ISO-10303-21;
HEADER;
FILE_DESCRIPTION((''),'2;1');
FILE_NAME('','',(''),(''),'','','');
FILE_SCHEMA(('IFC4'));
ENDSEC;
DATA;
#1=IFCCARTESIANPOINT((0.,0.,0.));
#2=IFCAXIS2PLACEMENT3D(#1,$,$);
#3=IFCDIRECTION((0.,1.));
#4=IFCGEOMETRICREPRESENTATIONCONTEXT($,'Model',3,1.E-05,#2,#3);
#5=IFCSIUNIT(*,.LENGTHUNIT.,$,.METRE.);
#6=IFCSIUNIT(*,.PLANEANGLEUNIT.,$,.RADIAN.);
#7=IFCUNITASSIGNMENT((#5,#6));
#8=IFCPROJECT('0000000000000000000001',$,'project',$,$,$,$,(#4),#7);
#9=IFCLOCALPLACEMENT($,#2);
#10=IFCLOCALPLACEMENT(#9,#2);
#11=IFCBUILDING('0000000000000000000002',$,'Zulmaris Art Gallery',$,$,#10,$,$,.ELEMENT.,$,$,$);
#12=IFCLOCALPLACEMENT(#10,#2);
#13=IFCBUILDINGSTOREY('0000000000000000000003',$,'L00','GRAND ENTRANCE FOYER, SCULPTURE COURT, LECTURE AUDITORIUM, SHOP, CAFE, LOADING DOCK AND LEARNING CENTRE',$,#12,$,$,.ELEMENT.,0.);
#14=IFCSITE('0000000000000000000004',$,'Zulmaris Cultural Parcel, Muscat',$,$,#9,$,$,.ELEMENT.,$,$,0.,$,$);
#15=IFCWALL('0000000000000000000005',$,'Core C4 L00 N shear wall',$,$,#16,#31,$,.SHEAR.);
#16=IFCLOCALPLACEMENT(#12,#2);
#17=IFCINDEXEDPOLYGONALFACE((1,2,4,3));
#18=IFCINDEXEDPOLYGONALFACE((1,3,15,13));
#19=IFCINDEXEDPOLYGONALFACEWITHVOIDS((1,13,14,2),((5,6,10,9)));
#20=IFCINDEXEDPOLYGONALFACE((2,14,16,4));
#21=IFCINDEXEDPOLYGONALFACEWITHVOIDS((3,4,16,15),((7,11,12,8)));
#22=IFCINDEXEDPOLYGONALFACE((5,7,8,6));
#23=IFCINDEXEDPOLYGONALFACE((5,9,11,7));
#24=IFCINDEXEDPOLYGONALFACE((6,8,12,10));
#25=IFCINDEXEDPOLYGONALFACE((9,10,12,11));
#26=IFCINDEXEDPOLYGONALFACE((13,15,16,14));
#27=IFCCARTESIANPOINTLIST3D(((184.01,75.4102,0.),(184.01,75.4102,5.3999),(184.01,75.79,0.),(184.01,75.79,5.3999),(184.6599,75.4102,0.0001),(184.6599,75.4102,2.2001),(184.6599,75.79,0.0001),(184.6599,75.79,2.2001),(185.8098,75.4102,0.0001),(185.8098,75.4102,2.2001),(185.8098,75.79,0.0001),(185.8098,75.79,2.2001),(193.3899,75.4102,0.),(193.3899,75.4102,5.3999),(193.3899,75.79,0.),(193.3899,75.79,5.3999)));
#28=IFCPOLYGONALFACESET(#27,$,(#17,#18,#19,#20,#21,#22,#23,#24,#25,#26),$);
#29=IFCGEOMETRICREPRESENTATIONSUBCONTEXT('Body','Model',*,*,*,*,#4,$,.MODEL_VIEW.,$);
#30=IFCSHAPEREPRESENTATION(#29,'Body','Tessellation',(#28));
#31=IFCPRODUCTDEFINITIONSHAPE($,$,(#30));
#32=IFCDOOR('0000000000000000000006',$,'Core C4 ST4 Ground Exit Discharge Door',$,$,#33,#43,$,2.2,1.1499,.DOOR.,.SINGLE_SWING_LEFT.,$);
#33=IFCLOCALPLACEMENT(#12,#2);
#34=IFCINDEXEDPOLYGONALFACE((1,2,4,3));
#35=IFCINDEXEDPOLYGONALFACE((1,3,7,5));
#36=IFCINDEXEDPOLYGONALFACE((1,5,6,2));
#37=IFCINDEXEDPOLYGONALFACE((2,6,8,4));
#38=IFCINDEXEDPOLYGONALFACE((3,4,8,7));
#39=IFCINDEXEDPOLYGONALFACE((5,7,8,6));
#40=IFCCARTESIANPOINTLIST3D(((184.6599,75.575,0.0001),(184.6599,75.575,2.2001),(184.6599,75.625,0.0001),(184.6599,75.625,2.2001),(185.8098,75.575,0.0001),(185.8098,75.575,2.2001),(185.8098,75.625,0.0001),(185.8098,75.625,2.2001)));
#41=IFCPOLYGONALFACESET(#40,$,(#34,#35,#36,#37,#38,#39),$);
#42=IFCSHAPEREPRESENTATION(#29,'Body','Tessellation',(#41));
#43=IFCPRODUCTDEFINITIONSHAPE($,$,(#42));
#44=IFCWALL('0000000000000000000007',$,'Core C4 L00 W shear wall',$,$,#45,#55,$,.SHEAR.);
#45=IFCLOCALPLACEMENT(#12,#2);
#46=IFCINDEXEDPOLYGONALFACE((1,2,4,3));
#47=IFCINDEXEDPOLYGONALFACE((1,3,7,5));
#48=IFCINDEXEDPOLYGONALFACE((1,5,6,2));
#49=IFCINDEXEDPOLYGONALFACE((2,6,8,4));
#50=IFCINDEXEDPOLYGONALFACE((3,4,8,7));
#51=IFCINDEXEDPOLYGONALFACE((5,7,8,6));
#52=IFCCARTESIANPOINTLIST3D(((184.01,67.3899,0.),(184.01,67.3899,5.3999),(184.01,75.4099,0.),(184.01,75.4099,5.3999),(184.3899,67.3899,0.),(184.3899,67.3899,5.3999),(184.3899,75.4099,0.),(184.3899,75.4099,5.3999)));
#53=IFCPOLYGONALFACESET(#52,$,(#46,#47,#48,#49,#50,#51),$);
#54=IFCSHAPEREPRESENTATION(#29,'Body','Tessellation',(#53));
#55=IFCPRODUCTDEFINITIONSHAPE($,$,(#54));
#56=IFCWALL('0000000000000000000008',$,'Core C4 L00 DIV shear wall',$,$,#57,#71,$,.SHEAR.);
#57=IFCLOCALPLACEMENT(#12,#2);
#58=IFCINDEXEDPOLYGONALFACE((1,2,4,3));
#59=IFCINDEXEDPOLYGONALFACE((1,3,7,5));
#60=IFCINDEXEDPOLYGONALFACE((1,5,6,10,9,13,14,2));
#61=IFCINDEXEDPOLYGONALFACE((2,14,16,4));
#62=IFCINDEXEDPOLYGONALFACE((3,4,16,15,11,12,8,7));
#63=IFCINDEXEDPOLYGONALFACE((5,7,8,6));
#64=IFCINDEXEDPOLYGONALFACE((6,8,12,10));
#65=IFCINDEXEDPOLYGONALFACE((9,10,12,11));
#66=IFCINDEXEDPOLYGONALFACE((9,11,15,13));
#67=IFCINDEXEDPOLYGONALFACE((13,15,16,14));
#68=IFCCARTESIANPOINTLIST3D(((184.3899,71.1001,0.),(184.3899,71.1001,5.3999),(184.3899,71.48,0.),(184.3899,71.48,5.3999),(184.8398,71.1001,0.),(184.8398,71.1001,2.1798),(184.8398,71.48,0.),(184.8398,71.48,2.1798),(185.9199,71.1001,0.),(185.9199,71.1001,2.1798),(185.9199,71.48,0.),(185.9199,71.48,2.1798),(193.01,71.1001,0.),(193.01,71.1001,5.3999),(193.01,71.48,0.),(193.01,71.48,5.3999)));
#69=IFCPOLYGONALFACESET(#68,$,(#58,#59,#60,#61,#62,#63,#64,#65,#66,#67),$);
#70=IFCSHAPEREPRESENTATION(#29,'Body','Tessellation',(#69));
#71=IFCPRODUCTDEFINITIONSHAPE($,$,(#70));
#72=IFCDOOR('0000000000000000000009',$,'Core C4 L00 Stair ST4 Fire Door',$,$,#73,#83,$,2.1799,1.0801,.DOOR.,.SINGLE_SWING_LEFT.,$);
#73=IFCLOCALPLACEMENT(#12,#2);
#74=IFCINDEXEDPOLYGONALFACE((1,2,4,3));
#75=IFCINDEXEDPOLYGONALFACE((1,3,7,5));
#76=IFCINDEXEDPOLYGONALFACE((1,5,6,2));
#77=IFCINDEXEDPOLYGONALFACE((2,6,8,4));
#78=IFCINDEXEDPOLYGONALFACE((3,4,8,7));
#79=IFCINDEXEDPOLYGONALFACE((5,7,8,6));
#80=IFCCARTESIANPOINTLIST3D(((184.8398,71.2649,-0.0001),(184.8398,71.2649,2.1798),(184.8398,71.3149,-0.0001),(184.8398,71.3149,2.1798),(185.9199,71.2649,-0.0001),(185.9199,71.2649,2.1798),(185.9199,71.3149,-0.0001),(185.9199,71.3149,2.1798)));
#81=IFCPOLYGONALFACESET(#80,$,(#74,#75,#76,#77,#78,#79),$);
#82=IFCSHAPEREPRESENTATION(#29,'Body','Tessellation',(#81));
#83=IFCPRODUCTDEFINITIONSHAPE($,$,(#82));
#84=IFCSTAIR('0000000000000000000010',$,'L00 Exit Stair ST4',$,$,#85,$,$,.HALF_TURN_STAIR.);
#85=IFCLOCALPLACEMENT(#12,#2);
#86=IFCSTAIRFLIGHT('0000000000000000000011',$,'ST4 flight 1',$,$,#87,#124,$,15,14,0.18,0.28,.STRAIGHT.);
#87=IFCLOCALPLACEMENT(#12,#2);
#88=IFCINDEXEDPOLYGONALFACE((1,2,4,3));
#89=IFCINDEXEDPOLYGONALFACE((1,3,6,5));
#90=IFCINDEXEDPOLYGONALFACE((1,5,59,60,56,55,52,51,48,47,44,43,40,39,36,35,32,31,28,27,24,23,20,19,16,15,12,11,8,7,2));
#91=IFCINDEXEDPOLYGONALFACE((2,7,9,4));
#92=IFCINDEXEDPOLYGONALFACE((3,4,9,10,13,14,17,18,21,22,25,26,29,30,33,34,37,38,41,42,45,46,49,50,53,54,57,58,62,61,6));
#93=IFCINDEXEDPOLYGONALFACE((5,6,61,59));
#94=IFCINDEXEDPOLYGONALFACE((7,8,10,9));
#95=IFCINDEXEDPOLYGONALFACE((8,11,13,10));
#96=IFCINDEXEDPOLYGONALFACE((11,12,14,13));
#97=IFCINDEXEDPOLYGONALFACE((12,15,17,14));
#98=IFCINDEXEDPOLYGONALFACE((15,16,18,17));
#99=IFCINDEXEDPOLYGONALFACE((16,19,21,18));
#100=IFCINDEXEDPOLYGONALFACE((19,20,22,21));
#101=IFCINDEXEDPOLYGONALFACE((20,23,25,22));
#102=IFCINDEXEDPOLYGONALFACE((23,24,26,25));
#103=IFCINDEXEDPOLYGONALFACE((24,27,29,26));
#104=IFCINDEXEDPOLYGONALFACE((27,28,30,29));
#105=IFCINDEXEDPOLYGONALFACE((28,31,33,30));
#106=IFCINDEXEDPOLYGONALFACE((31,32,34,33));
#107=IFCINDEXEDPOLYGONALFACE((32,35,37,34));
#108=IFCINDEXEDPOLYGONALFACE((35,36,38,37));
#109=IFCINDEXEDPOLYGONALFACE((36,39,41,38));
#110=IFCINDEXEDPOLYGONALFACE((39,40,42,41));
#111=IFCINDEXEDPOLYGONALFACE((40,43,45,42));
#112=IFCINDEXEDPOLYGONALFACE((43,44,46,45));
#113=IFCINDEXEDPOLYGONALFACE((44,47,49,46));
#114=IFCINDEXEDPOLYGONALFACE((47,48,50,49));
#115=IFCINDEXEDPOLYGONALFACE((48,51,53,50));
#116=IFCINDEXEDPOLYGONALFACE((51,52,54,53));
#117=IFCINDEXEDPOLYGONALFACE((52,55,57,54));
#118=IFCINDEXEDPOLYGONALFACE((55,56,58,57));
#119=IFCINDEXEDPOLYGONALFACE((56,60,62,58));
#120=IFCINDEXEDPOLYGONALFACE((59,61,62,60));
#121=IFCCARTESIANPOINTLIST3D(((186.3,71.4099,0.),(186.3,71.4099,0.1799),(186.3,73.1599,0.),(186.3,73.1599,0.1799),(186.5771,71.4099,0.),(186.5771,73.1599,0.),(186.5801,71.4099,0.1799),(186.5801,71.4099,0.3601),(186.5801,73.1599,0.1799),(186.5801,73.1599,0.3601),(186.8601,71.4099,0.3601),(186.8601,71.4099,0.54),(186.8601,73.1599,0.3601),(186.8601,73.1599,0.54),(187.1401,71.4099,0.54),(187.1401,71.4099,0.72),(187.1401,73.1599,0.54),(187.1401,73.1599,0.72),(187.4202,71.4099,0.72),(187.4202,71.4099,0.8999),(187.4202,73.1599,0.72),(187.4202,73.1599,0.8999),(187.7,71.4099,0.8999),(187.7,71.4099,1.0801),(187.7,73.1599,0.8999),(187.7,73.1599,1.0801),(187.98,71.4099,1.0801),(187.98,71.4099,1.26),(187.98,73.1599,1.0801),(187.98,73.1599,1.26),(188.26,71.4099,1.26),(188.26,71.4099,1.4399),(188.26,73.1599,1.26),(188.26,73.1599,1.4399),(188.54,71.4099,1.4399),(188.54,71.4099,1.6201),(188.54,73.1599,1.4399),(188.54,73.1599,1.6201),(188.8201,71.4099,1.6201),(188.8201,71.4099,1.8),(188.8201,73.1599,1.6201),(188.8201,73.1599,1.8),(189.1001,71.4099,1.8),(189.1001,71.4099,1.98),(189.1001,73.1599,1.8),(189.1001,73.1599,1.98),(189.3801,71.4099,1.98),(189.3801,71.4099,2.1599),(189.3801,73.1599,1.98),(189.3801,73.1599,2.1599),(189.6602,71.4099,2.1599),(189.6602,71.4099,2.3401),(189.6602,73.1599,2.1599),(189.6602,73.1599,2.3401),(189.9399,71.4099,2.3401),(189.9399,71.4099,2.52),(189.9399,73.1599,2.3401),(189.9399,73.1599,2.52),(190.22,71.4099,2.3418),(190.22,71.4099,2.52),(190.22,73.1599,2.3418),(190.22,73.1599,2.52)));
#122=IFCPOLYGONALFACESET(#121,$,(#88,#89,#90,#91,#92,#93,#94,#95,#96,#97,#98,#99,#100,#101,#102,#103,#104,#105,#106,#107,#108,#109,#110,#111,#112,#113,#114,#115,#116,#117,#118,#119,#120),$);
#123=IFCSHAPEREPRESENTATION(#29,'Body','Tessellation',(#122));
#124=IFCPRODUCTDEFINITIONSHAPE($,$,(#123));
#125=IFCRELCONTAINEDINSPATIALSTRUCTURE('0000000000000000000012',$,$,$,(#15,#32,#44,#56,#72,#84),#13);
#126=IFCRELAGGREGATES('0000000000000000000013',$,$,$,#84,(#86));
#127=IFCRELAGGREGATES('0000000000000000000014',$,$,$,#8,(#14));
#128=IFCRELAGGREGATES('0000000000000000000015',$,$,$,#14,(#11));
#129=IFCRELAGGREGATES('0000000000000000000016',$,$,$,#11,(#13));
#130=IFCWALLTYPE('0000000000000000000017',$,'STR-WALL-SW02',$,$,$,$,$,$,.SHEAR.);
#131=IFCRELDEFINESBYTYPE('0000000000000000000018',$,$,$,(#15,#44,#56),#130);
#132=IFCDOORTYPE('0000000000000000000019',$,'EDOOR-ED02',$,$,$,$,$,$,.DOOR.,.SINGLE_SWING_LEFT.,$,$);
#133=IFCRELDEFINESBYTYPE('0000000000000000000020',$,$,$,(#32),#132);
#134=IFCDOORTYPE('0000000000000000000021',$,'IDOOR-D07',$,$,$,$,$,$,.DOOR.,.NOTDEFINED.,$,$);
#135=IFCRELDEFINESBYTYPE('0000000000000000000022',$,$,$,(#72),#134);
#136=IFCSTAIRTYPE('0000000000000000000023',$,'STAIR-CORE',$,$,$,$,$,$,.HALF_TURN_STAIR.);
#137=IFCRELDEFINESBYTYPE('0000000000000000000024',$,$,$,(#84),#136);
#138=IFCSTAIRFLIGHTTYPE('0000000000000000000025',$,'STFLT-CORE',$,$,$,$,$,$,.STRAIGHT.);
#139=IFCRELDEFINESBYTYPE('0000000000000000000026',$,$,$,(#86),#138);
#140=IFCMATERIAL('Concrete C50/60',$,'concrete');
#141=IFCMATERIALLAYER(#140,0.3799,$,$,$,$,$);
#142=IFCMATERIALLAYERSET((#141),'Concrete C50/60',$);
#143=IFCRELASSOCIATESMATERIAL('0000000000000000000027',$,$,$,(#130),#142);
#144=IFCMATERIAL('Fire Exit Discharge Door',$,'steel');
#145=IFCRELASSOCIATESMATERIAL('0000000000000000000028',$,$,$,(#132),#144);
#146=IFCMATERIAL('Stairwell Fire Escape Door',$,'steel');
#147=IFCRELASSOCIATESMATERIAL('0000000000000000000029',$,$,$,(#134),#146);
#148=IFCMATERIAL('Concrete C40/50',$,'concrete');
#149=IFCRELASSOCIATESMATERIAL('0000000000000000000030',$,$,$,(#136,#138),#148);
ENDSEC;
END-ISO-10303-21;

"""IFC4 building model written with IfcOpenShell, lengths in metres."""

from ifc_helpers import new_model, si_unit, direction, frame, frame_2d, origin, place, context, subcontext, project, spatial, polyline, rectangle, outline, extrude, material, layer, layer_set, type_object, element, fill, aggregate, save


model = new_model("IFC4")

# Units and contexts
model_context = context("Model", 3, precision=1e-05, world=origin(), true_north=direction((0.0, 1.0)))
body_context = subcontext(model_context, "Body", "Model", "MODEL_VIEW")
ifc_project = project(units=[si_unit("LENGTHUNIT", "METRE"), si_unit("PLANEANGLEUNIT", "RADIAN")], contexts=[model_context])

# Site, building, storey
site_placement = place(None, origin())
site = spatial("IfcSite", under=ifc_project, at=site_placement, Name="Zulmaris Cultural Parcel, Muscat", CompositionType="ELEMENT", RefElevation=0.0)
building_placement = place(site_placement, origin())
building = spatial("IfcBuilding", under=site, at=building_placement, Name="Zulmaris Art Gallery", CompositionType="ELEMENT")
storey_placement = place(building_placement, origin())
storey = spatial("IfcBuildingStorey", under=building, at=storey_placement, Name="L00", Description="GRAND ENTRANCE FOYER, SCULPTURE COURT, LECTURE AUDITORIUM, SHOP, CAFE, LOADING DOCK AND LEARNING CENTRE", CompositionType="ELEMENT", Elevation=0.0)

# Shared definitions
ifc_material_1 = material(Name="Concrete C50/60", Category="concrete")

# Shared definitions
ifc_material_2 = material(Name="Concrete C40/50", Category="concrete")

# Wall, opening, door
ifc_layer_1 = layer(ifc_material_1, 0.3799)
ifc_layer_set_1 = layer_set([ifc_layer_1], Name="Concrete C50/60")
wall_type_1 = type_object("IfcWallType", Name="STR-WALL-SW02", PredefinedType="SHEAR", material=ifc_layer_set_1)
wall_1_placement = place(storey_placement, frame((184.01, 75.6001, 0.0), z_axis=(0.0, 0.0, 1.0), x_axis=(1.0, 0.0, 0.0)))
wall_1 = element("IfcWall", 1, at=wall_1_placement, inside=storey, type_object=wall_type_1, Name="Core C4 L00 N shear wall", PredefinedType="SHEAR", context=body_context, shape_type="SweptSolid", body=[
    extrude(rectangle(XDim=9.3799, YDim=0.3799, at=frame_2d((4.6899, 0.0))), origin(), (0.0, 0.0, 1.0), 5.3999),
])
opening_1_placement = place(wall_1_placement, frame((0.6499, 0.0, 0.0)))
opening_1 = element("IfcOpeningElement", 2, at=opening_1_placement, cuts=wall_1, PredefinedType="OPENING", context=body_context, shape_type="SweptSolid", body=[
    extrude(rectangle(XDim=1.1499, YDim=2.2, at=frame_2d((0.575, 1.1001))), frame((0.0, 0.2, 0.0), z_axis=(0.0, -1.0, 0.0), x_axis=(1.0, 0.0, 0.0)), (0.0, 0.0, 1.0), 0.3999),
])
ifc_material_3 = material(Name="Fire Exit Discharge Door", Category="steel")
door_type_1 = type_object("IfcDoorType", Name="EDOOR-ED02", OperationType="SINGLE_SWING_LEFT", PredefinedType="DOOR", material=ifc_material_3)
door_1_placement = place(opening_1_placement, origin())
door_1 = element("IfcDoor", 3, at=door_1_placement, inside=storey, type_object=door_type_1, Name="Core C4 ST4 Ground Exit Discharge Door", OperationType="SINGLE_SWING_LEFT", OverallHeight=2.2, OverallWidth=1.1499, PredefinedType="DOOR", context=body_context, shape_type="SweptSolid", body=[
    extrude(rectangle(XDim=1.1499, YDim=2.2, at=frame_2d((0.575, 1.1001))), frame((0.0, 0.0249, 0.0), z_axis=(0.0, -1.0, 0.0), x_axis=(1.0, 0.0, 0.0)), (0.0, 0.0, 1.0), 0.05),
])
fill(opening_1, door_1)

# Wall
wall_2_placement = place(storey_placement, frame((184.2, 67.3899, 0.0), z_axis=(0.0, 0.0, 1.0), x_axis=(0.0, 1.0, 0.0)))
element("IfcWall", 4, at=wall_2_placement, inside=storey, type_object=wall_type_1, Name="Core C4 L00 W shear wall", PredefinedType="SHEAR", context=body_context, shape_type="SweptSolid", body=[
    extrude(rectangle(XDim=8.02, YDim=0.3799, at=frame_2d((4.01, 0.0))), origin(), (0.0, 0.0, 1.0), 5.3999),
])

# Wall, opening, door
wall_3_placement = place(storey_placement, frame((184.3899, 71.29, 0.0), z_axis=(0.0, 0.0, 1.0), x_axis=(1.0, 0.0, 0.0)))
wall_3 = element("IfcWall", 5, at=wall_3_placement, inside=storey, type_object=wall_type_1, Name="Core C4 L00 DIV shear wall", PredefinedType="SHEAR", context=body_context, shape_type="SweptSolid", body=[
    extrude(rectangle(XDim=8.6201, YDim=0.3799, at=frame_2d((4.3101, 0.0))), origin(), (0.0, 0.0, 1.0), 5.3999),
])
opening_2_placement = place(wall_3_placement, frame((0.45, 0.0, 0.0)))
opening_2 = element("IfcOpeningElement", 6, at=opening_2_placement, cuts=wall_3, PredefinedType="OPENING", context=body_context, shape_type="SweptSolid", body=[
    extrude(rectangle(XDim=1.0801, YDim=2.1799, at=frame_2d((0.54, 1.0898))), frame((0.0, 0.2, 0.0), z_axis=(0.0, -1.0, 0.0), x_axis=(1.0, 0.0, 0.0)), (0.0, 0.0, 1.0), 0.3999),
])
ifc_material_4 = material(Name="Stairwell Fire Escape Door", Category="steel")
door_type_2 = type_object("IfcDoorType", Name="IDOOR-D07", OperationType="NOTDEFINED", PredefinedType="DOOR", material=ifc_material_4)
door_2_placement = place(opening_2_placement, origin())
door_2 = element("IfcDoor", 7, at=door_2_placement, inside=storey, type_object=door_type_2, Name="Core C4 L00 Stair ST4 Fire Door", OperationType="SINGLE_SWING_LEFT", OverallHeight=2.1799, OverallWidth=1.0801, PredefinedType="DOOR", context=body_context, shape_type="SweptSolid", body=[
    extrude(rectangle(XDim=1.0801, YDim=2.1799, at=frame_2d((0.54, 1.0898))), frame((0.0, 0.0249, 0.0), z_axis=(0.0, -1.0, 0.0), x_axis=(1.0, 0.0, 0.0)), (0.0, 0.0, 1.0), 0.05),
])
fill(opening_2, door_2)

# Stair, stair flight
stair_type = type_object("IfcStairType", Name="STAIR-CORE", PredefinedType="HALF_TURN_STAIR", material=ifc_material_2)
stair_placement = place(storey_placement, origin())
stair = element("IfcStair", 8, at=stair_placement, inside=storey, type_object=stair_type, Name="L00 Exit Stair ST4", PredefinedType="HALF_TURN_STAIR")
stair_flight_type = type_object("IfcStairFlightType", Name="STFLT-CORE", PredefinedType="STRAIGHT", material=ifc_material_2)
stair_flight_placement = place(storey_placement, frame((186.3, 72.2849, 0.0), z_axis=(0.0, 0.0, 1.0), x_axis=(1.0, 0.0, 0.0)))
stair_flight = element("IfcStairFlight", 9, at=stair_flight_placement, type_object=stair_flight_type, Name="ST4 flight 1", NumberOfRisers=15, NumberOfTreads=14, PredefinedType="STRAIGHT", RiserHeight=0.18, TreadLength=0.28, context=body_context, shape_type="SweptSolid", body=[
    extrude(outline(polyline([(0.0, 0.0), (0.0, 0.1799), (0.28, 0.1799), (0.28, 0.3601), (0.5601, 0.3601), (0.5601, 0.54), (0.8401, 0.54), (0.8401, 0.72), (1.1201, 0.72), (1.1201, 0.8999), (1.3999, 0.8999), (1.3999, 1.0801), (1.6799, 1.0801), (1.6799, 1.26), (1.96, 1.26), (1.96, 1.4399), (2.24, 1.4399), (2.24, 1.6201), (2.52, 1.6201), (2.52, 1.8), (2.8, 1.8), (2.8, 1.98), (3.0801, 1.98), (3.0801, 2.1599), (3.3601, 2.1599), (3.3601, 2.3401), (3.6399, 2.3401), (3.6399, 2.52), (3.9199, 2.52), (3.9199, 2.7), (3.9199, 2.3418), (0.2771, 0.0), (0.0, 0.0)])), frame((0.0, 0.875, 0.0), z_axis=(0.0, -1.0, 0.0), x_axis=(1.0, 0.0, 0.0)), (0.0, 0.0, 1.0), 1.75),
])
aggregate(stair, [stair_flight])

save(model, "model.ifc")
